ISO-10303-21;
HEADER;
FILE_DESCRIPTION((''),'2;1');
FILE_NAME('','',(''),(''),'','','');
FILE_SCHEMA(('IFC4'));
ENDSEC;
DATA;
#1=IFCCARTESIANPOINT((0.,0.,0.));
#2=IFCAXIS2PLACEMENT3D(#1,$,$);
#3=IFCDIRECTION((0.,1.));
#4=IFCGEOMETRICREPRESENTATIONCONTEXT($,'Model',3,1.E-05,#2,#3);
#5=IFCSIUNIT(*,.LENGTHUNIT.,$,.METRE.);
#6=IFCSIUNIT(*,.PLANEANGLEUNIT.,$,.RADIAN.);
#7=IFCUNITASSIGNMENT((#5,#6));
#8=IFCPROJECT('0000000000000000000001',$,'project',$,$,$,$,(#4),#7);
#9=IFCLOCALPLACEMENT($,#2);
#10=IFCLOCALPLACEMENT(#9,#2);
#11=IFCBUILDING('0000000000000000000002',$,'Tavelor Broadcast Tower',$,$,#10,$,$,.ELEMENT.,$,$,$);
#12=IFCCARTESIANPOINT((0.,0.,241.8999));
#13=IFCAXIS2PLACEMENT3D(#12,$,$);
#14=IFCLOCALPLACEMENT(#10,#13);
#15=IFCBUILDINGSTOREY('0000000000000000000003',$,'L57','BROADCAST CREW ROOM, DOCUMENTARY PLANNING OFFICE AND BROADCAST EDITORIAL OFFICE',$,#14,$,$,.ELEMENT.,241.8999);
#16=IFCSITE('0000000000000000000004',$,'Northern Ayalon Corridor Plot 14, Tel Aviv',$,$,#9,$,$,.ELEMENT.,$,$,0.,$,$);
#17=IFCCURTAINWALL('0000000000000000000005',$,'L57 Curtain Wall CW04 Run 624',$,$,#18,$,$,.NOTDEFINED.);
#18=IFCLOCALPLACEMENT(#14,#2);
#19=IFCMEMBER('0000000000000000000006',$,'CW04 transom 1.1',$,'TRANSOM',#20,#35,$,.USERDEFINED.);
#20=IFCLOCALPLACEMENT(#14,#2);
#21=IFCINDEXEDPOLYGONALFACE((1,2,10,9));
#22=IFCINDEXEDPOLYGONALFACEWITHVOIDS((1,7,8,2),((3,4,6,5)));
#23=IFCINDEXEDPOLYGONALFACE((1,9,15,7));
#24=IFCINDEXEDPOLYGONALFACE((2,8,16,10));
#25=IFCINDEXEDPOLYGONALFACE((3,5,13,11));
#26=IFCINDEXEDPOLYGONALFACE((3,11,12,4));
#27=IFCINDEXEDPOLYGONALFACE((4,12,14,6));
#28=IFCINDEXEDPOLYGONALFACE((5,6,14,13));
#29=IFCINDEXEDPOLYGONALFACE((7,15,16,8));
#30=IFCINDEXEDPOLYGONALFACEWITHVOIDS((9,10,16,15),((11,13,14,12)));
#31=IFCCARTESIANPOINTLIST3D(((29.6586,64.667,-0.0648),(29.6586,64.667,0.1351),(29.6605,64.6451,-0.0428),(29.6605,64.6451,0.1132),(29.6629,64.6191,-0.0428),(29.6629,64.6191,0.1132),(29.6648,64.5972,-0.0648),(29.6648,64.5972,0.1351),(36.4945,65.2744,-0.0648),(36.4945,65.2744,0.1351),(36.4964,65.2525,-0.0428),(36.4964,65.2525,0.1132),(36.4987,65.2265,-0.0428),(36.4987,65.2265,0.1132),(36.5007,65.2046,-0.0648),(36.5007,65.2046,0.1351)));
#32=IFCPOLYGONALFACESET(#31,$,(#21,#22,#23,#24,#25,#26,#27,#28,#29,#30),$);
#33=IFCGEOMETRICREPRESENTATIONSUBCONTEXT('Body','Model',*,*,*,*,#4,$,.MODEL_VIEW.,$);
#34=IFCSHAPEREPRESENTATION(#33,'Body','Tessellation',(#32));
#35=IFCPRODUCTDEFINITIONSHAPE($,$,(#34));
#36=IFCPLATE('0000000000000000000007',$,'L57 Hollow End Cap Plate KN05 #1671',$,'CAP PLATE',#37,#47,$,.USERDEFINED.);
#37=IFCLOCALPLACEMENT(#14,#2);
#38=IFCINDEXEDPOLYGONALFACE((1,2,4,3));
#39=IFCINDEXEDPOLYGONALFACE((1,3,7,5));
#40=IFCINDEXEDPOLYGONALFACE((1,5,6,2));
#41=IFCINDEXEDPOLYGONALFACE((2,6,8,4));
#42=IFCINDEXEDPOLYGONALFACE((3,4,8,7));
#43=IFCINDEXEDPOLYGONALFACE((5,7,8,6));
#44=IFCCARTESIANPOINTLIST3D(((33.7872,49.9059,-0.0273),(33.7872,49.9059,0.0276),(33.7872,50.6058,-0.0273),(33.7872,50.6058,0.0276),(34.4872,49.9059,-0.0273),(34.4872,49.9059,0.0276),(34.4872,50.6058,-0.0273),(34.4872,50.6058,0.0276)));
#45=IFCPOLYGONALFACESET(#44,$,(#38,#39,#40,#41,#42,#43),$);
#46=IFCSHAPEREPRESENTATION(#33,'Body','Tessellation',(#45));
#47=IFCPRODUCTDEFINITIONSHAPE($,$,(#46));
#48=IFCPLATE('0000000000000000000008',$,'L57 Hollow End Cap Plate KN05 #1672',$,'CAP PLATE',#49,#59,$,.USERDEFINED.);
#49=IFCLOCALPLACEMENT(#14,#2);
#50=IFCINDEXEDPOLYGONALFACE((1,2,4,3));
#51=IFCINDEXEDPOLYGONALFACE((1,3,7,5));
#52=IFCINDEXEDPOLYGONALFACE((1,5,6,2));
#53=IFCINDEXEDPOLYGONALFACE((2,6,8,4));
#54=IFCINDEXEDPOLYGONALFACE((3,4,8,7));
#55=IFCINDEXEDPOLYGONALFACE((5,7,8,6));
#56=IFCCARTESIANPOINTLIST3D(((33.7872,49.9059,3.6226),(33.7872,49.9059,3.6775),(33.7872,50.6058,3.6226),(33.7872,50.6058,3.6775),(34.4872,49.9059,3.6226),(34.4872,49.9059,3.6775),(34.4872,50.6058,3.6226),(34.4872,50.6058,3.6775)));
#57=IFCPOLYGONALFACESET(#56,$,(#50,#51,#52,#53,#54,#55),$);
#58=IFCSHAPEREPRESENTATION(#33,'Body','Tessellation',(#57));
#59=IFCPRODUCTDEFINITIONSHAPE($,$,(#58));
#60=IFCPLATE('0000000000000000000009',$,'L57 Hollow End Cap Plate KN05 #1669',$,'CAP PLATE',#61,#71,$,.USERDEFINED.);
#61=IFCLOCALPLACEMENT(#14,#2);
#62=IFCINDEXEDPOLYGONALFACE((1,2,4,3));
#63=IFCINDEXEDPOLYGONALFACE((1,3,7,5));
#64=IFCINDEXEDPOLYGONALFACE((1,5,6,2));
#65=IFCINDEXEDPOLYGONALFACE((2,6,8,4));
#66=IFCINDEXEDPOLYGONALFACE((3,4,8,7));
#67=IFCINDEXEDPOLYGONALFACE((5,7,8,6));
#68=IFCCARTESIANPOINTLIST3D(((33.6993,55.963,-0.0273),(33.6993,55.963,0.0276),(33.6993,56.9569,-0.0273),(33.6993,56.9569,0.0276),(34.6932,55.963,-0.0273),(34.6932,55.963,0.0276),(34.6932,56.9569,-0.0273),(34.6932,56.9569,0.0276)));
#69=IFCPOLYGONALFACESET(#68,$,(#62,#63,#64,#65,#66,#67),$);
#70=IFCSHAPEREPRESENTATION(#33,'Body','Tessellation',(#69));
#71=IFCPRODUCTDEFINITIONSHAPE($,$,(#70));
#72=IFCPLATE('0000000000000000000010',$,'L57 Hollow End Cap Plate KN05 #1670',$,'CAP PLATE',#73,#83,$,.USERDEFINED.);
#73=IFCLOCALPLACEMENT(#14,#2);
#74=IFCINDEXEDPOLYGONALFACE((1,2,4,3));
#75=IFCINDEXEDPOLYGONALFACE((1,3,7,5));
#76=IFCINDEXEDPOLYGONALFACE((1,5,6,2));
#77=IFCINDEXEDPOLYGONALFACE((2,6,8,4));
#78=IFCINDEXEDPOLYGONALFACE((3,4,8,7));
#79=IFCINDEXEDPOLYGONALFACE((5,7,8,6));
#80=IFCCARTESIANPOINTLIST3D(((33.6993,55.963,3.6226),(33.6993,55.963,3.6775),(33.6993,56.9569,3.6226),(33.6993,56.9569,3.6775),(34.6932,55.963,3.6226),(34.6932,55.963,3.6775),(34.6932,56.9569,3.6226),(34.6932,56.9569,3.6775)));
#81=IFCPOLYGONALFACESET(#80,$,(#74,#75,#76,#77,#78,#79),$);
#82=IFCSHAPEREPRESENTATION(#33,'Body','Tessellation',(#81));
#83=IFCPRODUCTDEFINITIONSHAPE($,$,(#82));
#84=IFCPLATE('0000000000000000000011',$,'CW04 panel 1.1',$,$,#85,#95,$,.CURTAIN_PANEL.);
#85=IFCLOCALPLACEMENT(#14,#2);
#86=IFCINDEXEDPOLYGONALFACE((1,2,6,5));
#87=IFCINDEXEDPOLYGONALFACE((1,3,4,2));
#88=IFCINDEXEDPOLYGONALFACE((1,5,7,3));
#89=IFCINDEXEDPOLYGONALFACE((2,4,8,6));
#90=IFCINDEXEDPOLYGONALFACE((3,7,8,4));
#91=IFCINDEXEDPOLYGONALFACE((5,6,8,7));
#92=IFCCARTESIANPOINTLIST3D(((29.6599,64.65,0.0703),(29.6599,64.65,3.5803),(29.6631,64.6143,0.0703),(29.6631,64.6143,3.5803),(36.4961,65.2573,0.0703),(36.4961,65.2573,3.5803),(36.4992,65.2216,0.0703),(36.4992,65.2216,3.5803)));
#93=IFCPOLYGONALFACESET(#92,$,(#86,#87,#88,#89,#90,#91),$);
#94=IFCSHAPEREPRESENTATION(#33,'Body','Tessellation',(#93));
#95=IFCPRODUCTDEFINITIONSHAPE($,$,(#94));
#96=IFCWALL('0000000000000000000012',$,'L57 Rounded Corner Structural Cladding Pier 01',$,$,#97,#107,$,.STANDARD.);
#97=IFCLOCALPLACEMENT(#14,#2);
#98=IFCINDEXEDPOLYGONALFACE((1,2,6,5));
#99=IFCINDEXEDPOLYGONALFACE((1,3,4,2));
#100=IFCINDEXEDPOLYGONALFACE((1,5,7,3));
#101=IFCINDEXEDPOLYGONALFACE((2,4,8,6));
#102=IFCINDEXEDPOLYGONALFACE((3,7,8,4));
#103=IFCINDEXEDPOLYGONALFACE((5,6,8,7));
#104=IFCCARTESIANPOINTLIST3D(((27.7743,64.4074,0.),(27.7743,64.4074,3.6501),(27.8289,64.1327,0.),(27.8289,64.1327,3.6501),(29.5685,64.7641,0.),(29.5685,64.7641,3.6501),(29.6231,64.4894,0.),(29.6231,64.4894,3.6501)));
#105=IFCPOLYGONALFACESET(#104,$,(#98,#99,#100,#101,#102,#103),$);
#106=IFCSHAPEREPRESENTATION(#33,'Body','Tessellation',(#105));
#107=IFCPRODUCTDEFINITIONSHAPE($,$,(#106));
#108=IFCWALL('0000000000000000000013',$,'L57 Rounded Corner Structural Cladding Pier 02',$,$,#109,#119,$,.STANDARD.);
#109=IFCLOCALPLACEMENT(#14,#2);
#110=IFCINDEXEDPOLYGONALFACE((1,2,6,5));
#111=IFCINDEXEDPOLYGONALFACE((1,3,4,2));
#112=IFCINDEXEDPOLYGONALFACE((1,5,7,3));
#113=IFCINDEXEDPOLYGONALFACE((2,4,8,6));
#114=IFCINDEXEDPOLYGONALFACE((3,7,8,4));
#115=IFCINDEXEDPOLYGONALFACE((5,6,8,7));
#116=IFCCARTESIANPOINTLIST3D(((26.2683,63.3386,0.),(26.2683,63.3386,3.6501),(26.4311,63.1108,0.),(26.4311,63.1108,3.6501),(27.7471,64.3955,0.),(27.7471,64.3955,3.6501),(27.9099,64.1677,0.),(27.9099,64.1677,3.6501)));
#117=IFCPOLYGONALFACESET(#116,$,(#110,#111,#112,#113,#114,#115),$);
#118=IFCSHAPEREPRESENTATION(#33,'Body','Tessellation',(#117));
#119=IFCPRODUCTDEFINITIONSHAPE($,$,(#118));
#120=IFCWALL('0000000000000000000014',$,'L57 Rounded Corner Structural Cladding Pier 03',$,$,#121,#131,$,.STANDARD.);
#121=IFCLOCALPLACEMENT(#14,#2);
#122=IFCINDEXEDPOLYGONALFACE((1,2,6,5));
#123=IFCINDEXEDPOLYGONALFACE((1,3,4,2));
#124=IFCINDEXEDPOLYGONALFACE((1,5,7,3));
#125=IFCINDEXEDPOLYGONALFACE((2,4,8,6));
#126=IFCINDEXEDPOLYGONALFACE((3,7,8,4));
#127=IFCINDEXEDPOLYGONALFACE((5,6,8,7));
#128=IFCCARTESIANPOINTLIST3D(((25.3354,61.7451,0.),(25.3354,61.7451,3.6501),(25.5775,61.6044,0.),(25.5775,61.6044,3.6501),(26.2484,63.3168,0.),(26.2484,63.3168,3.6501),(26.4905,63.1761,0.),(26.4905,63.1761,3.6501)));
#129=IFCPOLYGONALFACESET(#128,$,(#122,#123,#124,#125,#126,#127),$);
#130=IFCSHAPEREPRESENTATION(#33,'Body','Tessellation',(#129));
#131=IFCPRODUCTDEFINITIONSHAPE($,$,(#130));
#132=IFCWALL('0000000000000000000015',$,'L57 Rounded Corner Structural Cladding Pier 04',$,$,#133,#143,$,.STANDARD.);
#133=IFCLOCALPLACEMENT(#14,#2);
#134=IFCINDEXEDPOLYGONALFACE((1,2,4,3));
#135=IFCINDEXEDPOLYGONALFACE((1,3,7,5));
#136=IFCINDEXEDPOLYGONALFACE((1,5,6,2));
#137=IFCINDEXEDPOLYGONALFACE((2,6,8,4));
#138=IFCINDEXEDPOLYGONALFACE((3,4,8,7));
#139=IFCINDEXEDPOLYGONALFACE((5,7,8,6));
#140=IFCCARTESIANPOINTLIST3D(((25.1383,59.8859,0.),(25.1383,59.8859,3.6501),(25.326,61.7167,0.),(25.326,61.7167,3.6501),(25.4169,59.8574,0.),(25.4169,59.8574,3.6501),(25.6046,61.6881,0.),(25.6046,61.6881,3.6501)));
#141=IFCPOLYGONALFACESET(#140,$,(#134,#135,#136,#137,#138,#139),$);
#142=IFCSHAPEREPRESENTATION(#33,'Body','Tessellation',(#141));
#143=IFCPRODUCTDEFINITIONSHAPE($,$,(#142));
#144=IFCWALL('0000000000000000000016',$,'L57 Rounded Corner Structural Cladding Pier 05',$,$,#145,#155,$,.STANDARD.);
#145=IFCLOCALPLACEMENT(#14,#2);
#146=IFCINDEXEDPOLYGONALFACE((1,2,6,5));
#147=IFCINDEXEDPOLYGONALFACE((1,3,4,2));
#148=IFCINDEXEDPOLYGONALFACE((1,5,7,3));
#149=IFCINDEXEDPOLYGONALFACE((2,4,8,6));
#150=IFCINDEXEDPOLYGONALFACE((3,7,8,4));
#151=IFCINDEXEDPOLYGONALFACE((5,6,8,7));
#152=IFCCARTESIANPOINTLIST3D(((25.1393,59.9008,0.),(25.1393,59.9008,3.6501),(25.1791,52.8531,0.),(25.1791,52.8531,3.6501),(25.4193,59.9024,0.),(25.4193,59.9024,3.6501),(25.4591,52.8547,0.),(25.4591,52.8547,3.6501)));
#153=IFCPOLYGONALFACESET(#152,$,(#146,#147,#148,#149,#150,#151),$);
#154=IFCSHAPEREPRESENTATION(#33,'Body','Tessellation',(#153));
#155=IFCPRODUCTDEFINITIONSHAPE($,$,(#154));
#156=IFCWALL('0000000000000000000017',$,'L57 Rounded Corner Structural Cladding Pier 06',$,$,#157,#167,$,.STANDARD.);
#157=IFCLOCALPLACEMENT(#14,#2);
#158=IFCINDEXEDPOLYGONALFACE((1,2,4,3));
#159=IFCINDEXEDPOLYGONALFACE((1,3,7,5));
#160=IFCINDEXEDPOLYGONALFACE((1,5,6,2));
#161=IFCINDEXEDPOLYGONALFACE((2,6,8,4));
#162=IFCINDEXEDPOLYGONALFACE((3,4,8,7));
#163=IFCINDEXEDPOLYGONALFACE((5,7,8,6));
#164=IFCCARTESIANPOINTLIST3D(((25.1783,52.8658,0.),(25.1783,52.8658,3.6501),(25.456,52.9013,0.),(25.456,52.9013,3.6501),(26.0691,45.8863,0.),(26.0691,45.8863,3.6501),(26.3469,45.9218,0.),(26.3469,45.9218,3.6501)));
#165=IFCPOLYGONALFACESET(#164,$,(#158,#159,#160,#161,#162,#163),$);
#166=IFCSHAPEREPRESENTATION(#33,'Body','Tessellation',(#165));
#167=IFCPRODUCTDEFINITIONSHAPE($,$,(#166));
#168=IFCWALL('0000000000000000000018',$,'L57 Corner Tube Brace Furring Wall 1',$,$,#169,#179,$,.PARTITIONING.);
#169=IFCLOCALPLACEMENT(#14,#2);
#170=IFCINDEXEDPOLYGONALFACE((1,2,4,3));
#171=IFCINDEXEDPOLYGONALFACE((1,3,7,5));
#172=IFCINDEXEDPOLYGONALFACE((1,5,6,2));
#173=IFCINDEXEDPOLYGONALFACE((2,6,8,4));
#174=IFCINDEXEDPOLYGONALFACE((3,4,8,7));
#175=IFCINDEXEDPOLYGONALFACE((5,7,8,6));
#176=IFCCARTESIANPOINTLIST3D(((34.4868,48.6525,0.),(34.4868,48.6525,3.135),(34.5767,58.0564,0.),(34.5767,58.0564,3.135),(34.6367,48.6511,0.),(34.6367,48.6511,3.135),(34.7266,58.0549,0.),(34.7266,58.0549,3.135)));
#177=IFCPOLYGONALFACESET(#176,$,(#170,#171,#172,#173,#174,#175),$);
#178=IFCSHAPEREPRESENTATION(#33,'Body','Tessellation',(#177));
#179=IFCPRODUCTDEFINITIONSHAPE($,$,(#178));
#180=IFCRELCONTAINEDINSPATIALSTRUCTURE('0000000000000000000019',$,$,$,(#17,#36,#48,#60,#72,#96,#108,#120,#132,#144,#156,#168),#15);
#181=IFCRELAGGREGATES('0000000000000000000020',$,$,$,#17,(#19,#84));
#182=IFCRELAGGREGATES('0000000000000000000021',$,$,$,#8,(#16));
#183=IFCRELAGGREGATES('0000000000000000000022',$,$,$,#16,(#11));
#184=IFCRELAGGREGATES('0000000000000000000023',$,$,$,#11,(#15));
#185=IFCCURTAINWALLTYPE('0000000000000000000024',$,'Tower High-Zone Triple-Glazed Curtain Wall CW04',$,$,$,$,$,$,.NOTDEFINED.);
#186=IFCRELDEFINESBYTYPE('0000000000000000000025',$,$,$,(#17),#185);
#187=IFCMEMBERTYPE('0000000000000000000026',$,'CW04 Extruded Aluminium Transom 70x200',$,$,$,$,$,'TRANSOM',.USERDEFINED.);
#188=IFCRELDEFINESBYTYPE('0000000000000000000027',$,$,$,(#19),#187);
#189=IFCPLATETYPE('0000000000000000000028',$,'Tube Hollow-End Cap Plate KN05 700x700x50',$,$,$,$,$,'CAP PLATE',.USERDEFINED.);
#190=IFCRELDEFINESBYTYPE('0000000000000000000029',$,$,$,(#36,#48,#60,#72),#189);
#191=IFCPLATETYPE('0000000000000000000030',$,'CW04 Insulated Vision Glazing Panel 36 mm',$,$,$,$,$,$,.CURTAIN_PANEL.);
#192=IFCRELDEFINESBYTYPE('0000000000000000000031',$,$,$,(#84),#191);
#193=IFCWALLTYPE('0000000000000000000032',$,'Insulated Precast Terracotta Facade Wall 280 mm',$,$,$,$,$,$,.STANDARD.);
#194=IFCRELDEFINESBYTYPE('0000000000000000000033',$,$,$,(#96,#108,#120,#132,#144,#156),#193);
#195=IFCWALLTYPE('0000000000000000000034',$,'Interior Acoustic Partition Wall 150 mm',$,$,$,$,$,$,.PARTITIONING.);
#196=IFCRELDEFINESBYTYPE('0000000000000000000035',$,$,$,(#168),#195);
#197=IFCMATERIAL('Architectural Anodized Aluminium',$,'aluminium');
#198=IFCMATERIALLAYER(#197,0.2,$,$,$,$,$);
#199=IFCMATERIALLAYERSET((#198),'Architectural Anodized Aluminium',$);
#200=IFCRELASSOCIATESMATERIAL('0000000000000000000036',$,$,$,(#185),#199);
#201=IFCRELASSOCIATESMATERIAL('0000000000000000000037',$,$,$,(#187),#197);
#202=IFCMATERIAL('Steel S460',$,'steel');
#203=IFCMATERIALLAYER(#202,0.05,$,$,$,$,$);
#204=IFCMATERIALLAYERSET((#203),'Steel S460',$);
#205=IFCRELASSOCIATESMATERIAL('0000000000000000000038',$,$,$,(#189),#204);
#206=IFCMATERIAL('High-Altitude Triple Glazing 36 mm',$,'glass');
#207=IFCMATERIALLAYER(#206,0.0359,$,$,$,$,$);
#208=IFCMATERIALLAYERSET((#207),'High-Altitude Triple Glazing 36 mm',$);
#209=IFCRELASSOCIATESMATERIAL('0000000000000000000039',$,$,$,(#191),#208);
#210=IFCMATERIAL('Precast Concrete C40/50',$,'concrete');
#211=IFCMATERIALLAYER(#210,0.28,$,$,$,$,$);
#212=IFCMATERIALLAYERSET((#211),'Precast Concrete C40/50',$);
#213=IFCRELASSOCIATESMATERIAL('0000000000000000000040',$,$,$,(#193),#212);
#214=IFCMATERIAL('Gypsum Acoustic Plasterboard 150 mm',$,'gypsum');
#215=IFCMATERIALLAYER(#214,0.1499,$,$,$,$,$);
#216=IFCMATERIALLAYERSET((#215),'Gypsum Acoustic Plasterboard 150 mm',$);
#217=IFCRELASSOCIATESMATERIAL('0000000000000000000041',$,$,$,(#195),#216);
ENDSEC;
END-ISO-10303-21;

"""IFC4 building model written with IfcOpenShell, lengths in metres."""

from ifc_helpers import new_model, si_unit, direction, frame, frame_2d, origin, origin_2d, place, context, subcontext, project, spatial, rectangle, hollow_rectangle, extrude, source, transform, mapped, material, layer, layer_set, material_profile, profile_set, type_object, type_shapes, element, aggregate, save


model = new_model("IFC4")

# Units and contexts
model_context = context("Model", 3, precision=1e-05, world=origin(), true_north=direction((0.0, 1.0)))
body_context = subcontext(model_context, "Body", "Model", "MODEL_VIEW")
ifc_project = project(units=[si_unit("LENGTHUNIT", "METRE"), si_unit("PLANEANGLEUNIT", "RADIAN")], contexts=[model_context])

# Site, building, storey
site_placement = place(None, origin())
site = spatial("IfcSite", under=ifc_project, at=site_placement, Name="Northern Ayalon Corridor Plot 14, Tel Aviv", CompositionType="ELEMENT", RefElevation=0.0)
building_placement = place(site_placement, origin())
building = spatial("IfcBuilding", under=site, at=building_placement, Name="Tavelor Broadcast Tower", CompositionType="ELEMENT")
storey_placement = place(building_placement, frame((0.0, 0.0, 241.8999)))
storey = spatial("IfcBuildingStorey", under=building, at=storey_placement, Name="L57", Description="BROADCAST CREW ROOM, DOCUMENTARY PLANNING OFFICE AND BROADCAST EDITORIAL OFFICE", CompositionType="ELEMENT", Elevation=241.8999)

# Shared definitions
ifc_material_1 = material(Name="Steel S460", Category="steel")

# Curtain wall, member
ifc_material_2 = material(Name="Architectural Anodized Aluminium", Category="aluminium")
ifc_layer_1 = layer(ifc_material_2, 0.2)
ifc_layer_set_1 = layer_set([ifc_layer_1], Name="Architectural Anodized Aluminium")
curtain_wall_type = type_object("IfcCurtainWallType", Name="Tower High-Zone Triple-Glazed Curtain Wall CW04", PredefinedType="NOTDEFINED", material=ifc_layer_set_1)
curtain_wall_placement = place(storey_placement, origin())
curtain_wall = element("IfcCurtainWall", 1, at=curtain_wall_placement, inside=storey, type_object=curtain_wall_type, Name="L57 Curtain Wall CW04 Run 624", PredefinedType="NOTDEFINED")
ifc_material_profile_1 = material_profile(ifc_material_2, hollow_rectangle(XDim=0.0701, YDim=0.2, WallThickness=0.022, at=origin_2d()), Name="RHS 70x200x22")
ifc_profile_set_1 = profile_set([ifc_material_profile_1], Name="Architectural Anodized Aluminium")
member_type_1 = type_object("IfcMemberType", Name="CW04 Extruded Aluminium Transom 70x200", ElementType="TRANSOM", PredefinedType="USERDEFINED", material=ifc_profile_set_1)
shared_shape_1 = source(origin(), body_context, "Body", "SweptSolid", [
    extrude(hollow_rectangle(XDim=0.0701, YDim=0.2, WallThickness=0.022, at=origin_2d()), origin(), (0.0, 0.0, 1.0), 6.8628),
])
type_shapes(member_type_1, [shared_shape_1])
member_1_placement = place(storey_placement, frame((36.4976, 65.2395, 0.0352), z_axis=(-0.996075, -0.088508, 0.0), x_axis=(0.088508, -0.996075, 0.0)))
member_1 = element("IfcMember", 2, at=member_1_placement, type_object=member_type_1, Name="CW04 transom 1.1", ObjectType="TRANSOM", PredefinedType="USERDEFINED", context=body_context, shape_type="MappedRepresentation", body=[
    mapped(shared_shape_1, transform((0.0, 0.0, 0.0), scale=1.0)),
])

# Plates
ifc_layer_2 = layer(ifc_material_1, 0.05)
ifc_layer_set_2 = layer_set([ifc_layer_2], Name="Steel S460")
plate_type_1 = type_object("IfcPlateType", Name="Tube Hollow-End Cap Plate KN05 700x700x50", ElementType="CAP PLATE", PredefinedType="USERDEFINED", material=ifc_layer_set_2)
shared_shape_2 = source(origin(), body_context, "Body", "SweptSolid", [
    extrude(rectangle(XDim=0.7, YDim=0.7, at=origin_2d()), origin(), (0.0, 0.0, 1.0), 0.0549),
])
for number, where, z_axis, x_axis, name in (
    (3, (34.1372, 50.2559, -0.0273), (0.0, 0.0, 1.0), (1.0, 0.0, 0.0), "L57 Hollow End Cap Plate KN05 #1671"),
    (4, (34.1372, 50.2559, 3.6226), (0.0, 0.0, 1.0), (1.0, 0.0, 0.0), "L57 Hollow End Cap Plate KN05 #1672"),
):
    element("IfcPlate", number, at=place(storey_placement, frame(where, z_axis=z_axis, x_axis=x_axis)), inside=storey, type_object=plate_type_1, Name=name, ObjectType="CAP PLATE", PredefinedType="USERDEFINED", context=body_context, shape_type="MappedRepresentation", body=[
        mapped(shared_shape_2, transform((0.0, 0.0, 0.0), scale=1.0)),
    ])
shared_shape_3 = source(origin(), body_context, "Body", "SweptSolid", [
    extrude(rectangle(XDim=0.9939, YDim=0.9939, at=origin_2d()), origin(), (0.0, 0.0, 1.0), 0.0549),
])
type_shapes(plate_type_1, [shared_shape_2, shared_shape_3])
for number, where, z_axis, x_axis, name in (
    (5, (34.1963, 56.46, -0.0273), (0.0, 0.0, 1.0), (1.0, 0.0, 0.0), "L57 Hollow End Cap Plate KN05 #1669"),
    (6, (34.1963, 56.46, 3.6226), (0.0, 0.0, 1.0), (1.0, 0.0, 0.0), "L57 Hollow End Cap Plate KN05 #1670"),
):
    element("IfcPlate", number, at=place(storey_placement, frame(where, z_axis=z_axis, x_axis=x_axis)), inside=storey, type_object=plate_type_1, Name=name, ObjectType="CAP PLATE", PredefinedType="USERDEFINED", context=body_context, shape_type="MappedRepresentation", body=[
        mapped(shared_shape_3, transform((0.0, 0.0, 0.0), scale=1.0)),
    ])

# Plate
ifc_material_3 = material(Name="High-Altitude Triple Glazing 36 mm", Category="glass")
ifc_layer_3 = layer(ifc_material_3, 0.0359)
ifc_layer_set_3 = layer_set([ifc_layer_3], Name="High-Altitude Triple Glazing 36 mm")
plate_type_2 = type_object("IfcPlateType", Name="CW04 Insulated Vision Glazing Panel 36 mm", PredefinedType="CURTAIN_PANEL", material=ifc_layer_set_3)
shared_shape_4 = source(origin(), body_context, "Body", "SweptSolid", [
    extrude(rectangle(XDim=6.863, YDim=0.0359, at=origin_2d()), origin(), (0.0, 0.0, 1.0), 3.51),
])
type_shapes(plate_type_2, [shared_shape_4])
plate_placement = place(storey_placement, frame((33.0796, 64.9358, 0.0703), z_axis=(0.0, 0.0, 1.0), x_axis=(-0.996077, -0.08849, 0.0)))
plate = element("IfcPlate", 7, at=plate_placement, type_object=plate_type_2, Name="CW04 panel 1.1", PredefinedType="CURTAIN_PANEL", context=body_context, shape_type="MappedRepresentation", body=[
    mapped(shared_shape_4, transform((0.0, 0.0, 0.0), scale=1.0)),
])
aggregate(curtain_wall, [member_1, plate])

# Walls
ifc_material_4 = material(Name="Precast Concrete C40/50", Category="concrete")
ifc_layer_4 = layer(ifc_material_4, 0.28)
ifc_layer_set_4 = layer_set([ifc_layer_4], Name="Precast Concrete C40/50")
wall_type_1 = type_object("IfcWallType", Name="Insulated Precast Terracotta Facade Wall 280 mm", PredefinedType="STANDARD", material=ifc_layer_set_4)
wall_1_placement = place(storey_placement, frame((29.5957, 64.6267, 0.0), z_axis=(0.0, 0.0, 1.0), x_axis=(-0.980806, -0.194987, 0.0)))
element("IfcWall", 8, at=wall_1_placement, inside=storey, type_object=wall_type_1, Name="L57 Rounded Corner Structural Cladding Pier 01", PredefinedType="STANDARD", context=body_context, shape_type="SweptSolid", body=[
    extrude(rectangle(XDim=1.8293, YDim=0.28, at=frame_2d((0.9146, 0.0))), origin(), (0.0, 0.0, 1.0), 3.6501),
])
for number, where, z_axis, x_axis, name in (
    (9, (27.8284, 64.2815, 0.0), (0.0, 0.0, 1.0), (-0.81357, -0.581467, 0.0), "L57 Rounded Corner Structural Cladding Pier 02"),
    (10, (26.3694, 63.2463, 0.0), (0.0, 0.0, 1.0), (-0.502317, -0.864684, 0.0), "L57 Rounded Corner Structural Cladding Pier 03"),
):
    element("IfcWall", number, at=place(storey_placement, frame(where, z_axis=z_axis, x_axis=x_axis)), inside=storey, type_object=wall_type_1, Name=name, PredefinedType="STANDARD", context=body_context, shape_type="SweptSolid", body=[
        extrude(rectangle(XDim=1.8176, YDim=0.28, at=frame_2d((0.9087, 0.0))), origin(), (0.0, 0.0, 1.0), 3.6501),
    ])
wall_2_placement = place(storey_placement, frame((25.4653, 61.7024, 0.0), z_axis=(0.0, 0.0, 1.0), x_axis=(-0.102012, -0.994783, 0.0)))
element("IfcWall", 11, at=wall_2_placement, inside=storey, type_object=wall_type_1, Name="L57 Rounded Corner Structural Cladding Pier 04", PredefinedType="STANDARD", context=body_context, shape_type="SweptSolid", body=[
    extrude(rectangle(XDim=1.8403, YDim=0.28, at=frame_2d((0.9202, 0.0))), origin(), (0.0, 0.0, 1.0), 3.6501),
])
wall_3_placement = place(storey_placement, frame((25.2793, 59.9016, 0.0), z_axis=(0.0, 0.0, 1.0), x_axis=(0.005646, -0.999984, 0.0)))
element("IfcWall", 12, at=wall_3_placement, inside=storey, type_object=wall_type_1, Name="L57 Rounded Corner Structural Cladding Pier 05", PredefinedType="STANDARD", context=body_context, shape_type="SweptSolid", body=[
    extrude(rectangle(XDim=7.0479, YDim=0.28, at=frame_2d((3.5239, 0.0))), origin(), (0.0, 0.0, 1.0), 3.6501),
])
wall_4_placement = place(storey_placement, frame((25.3171, 52.8835, 0.0), z_axis=(0.0, 0.0, 1.0), x_axis=(0.126614, -0.991952, 0.0)))
element("IfcWall", 13, at=wall_4_placement, inside=storey, type_object=wall_type_1, Name="L57 Rounded Corner Structural Cladding Pier 06", PredefinedType="STANDARD", context=body_context, shape_type="SweptSolid", body=[
    extrude(rectangle(XDim=7.0361, YDim=0.28, at=frame_2d((3.5181, 0.0))), origin(), (0.0, 0.0, 1.0), 3.6501),
])
ifc_material_5 = material(Name="Gypsum Acoustic Plasterboard 150 mm", Category="gypsum")
ifc_layer_5 = layer(ifc_material_5, 0.1499)
ifc_layer_set_5 = layer_set([ifc_layer_5], Name="Gypsum Acoustic Plasterboard 150 mm")
wall_type_2 = type_object("IfcWallType", Name="Interior Acoustic Partition Wall 150 mm", PredefinedType="PARTITIONING", material=ifc_layer_set_5)
wall_5_placement = place(storey_placement, frame((34.6516, 58.0557, 0.0), z_axis=(0.0, 0.0, 1.0), x_axis=(-0.009554, -0.999954, 0.0)))
element("IfcWall", 14, at=wall_5_placement, inside=storey, type_object=wall_type_2, Name="L57 Corner Tube Brace Furring Wall 1", PredefinedType="PARTITIONING", context=body_context, shape_type="SweptSolid", body=[
    extrude(rectangle(XDim=9.4043, YDim=0.1499, at=frame_2d((4.7021, 0.0))), origin(), (0.0, 0.0, 1.0), 3.135),
])

save(model, "model.ifc")
